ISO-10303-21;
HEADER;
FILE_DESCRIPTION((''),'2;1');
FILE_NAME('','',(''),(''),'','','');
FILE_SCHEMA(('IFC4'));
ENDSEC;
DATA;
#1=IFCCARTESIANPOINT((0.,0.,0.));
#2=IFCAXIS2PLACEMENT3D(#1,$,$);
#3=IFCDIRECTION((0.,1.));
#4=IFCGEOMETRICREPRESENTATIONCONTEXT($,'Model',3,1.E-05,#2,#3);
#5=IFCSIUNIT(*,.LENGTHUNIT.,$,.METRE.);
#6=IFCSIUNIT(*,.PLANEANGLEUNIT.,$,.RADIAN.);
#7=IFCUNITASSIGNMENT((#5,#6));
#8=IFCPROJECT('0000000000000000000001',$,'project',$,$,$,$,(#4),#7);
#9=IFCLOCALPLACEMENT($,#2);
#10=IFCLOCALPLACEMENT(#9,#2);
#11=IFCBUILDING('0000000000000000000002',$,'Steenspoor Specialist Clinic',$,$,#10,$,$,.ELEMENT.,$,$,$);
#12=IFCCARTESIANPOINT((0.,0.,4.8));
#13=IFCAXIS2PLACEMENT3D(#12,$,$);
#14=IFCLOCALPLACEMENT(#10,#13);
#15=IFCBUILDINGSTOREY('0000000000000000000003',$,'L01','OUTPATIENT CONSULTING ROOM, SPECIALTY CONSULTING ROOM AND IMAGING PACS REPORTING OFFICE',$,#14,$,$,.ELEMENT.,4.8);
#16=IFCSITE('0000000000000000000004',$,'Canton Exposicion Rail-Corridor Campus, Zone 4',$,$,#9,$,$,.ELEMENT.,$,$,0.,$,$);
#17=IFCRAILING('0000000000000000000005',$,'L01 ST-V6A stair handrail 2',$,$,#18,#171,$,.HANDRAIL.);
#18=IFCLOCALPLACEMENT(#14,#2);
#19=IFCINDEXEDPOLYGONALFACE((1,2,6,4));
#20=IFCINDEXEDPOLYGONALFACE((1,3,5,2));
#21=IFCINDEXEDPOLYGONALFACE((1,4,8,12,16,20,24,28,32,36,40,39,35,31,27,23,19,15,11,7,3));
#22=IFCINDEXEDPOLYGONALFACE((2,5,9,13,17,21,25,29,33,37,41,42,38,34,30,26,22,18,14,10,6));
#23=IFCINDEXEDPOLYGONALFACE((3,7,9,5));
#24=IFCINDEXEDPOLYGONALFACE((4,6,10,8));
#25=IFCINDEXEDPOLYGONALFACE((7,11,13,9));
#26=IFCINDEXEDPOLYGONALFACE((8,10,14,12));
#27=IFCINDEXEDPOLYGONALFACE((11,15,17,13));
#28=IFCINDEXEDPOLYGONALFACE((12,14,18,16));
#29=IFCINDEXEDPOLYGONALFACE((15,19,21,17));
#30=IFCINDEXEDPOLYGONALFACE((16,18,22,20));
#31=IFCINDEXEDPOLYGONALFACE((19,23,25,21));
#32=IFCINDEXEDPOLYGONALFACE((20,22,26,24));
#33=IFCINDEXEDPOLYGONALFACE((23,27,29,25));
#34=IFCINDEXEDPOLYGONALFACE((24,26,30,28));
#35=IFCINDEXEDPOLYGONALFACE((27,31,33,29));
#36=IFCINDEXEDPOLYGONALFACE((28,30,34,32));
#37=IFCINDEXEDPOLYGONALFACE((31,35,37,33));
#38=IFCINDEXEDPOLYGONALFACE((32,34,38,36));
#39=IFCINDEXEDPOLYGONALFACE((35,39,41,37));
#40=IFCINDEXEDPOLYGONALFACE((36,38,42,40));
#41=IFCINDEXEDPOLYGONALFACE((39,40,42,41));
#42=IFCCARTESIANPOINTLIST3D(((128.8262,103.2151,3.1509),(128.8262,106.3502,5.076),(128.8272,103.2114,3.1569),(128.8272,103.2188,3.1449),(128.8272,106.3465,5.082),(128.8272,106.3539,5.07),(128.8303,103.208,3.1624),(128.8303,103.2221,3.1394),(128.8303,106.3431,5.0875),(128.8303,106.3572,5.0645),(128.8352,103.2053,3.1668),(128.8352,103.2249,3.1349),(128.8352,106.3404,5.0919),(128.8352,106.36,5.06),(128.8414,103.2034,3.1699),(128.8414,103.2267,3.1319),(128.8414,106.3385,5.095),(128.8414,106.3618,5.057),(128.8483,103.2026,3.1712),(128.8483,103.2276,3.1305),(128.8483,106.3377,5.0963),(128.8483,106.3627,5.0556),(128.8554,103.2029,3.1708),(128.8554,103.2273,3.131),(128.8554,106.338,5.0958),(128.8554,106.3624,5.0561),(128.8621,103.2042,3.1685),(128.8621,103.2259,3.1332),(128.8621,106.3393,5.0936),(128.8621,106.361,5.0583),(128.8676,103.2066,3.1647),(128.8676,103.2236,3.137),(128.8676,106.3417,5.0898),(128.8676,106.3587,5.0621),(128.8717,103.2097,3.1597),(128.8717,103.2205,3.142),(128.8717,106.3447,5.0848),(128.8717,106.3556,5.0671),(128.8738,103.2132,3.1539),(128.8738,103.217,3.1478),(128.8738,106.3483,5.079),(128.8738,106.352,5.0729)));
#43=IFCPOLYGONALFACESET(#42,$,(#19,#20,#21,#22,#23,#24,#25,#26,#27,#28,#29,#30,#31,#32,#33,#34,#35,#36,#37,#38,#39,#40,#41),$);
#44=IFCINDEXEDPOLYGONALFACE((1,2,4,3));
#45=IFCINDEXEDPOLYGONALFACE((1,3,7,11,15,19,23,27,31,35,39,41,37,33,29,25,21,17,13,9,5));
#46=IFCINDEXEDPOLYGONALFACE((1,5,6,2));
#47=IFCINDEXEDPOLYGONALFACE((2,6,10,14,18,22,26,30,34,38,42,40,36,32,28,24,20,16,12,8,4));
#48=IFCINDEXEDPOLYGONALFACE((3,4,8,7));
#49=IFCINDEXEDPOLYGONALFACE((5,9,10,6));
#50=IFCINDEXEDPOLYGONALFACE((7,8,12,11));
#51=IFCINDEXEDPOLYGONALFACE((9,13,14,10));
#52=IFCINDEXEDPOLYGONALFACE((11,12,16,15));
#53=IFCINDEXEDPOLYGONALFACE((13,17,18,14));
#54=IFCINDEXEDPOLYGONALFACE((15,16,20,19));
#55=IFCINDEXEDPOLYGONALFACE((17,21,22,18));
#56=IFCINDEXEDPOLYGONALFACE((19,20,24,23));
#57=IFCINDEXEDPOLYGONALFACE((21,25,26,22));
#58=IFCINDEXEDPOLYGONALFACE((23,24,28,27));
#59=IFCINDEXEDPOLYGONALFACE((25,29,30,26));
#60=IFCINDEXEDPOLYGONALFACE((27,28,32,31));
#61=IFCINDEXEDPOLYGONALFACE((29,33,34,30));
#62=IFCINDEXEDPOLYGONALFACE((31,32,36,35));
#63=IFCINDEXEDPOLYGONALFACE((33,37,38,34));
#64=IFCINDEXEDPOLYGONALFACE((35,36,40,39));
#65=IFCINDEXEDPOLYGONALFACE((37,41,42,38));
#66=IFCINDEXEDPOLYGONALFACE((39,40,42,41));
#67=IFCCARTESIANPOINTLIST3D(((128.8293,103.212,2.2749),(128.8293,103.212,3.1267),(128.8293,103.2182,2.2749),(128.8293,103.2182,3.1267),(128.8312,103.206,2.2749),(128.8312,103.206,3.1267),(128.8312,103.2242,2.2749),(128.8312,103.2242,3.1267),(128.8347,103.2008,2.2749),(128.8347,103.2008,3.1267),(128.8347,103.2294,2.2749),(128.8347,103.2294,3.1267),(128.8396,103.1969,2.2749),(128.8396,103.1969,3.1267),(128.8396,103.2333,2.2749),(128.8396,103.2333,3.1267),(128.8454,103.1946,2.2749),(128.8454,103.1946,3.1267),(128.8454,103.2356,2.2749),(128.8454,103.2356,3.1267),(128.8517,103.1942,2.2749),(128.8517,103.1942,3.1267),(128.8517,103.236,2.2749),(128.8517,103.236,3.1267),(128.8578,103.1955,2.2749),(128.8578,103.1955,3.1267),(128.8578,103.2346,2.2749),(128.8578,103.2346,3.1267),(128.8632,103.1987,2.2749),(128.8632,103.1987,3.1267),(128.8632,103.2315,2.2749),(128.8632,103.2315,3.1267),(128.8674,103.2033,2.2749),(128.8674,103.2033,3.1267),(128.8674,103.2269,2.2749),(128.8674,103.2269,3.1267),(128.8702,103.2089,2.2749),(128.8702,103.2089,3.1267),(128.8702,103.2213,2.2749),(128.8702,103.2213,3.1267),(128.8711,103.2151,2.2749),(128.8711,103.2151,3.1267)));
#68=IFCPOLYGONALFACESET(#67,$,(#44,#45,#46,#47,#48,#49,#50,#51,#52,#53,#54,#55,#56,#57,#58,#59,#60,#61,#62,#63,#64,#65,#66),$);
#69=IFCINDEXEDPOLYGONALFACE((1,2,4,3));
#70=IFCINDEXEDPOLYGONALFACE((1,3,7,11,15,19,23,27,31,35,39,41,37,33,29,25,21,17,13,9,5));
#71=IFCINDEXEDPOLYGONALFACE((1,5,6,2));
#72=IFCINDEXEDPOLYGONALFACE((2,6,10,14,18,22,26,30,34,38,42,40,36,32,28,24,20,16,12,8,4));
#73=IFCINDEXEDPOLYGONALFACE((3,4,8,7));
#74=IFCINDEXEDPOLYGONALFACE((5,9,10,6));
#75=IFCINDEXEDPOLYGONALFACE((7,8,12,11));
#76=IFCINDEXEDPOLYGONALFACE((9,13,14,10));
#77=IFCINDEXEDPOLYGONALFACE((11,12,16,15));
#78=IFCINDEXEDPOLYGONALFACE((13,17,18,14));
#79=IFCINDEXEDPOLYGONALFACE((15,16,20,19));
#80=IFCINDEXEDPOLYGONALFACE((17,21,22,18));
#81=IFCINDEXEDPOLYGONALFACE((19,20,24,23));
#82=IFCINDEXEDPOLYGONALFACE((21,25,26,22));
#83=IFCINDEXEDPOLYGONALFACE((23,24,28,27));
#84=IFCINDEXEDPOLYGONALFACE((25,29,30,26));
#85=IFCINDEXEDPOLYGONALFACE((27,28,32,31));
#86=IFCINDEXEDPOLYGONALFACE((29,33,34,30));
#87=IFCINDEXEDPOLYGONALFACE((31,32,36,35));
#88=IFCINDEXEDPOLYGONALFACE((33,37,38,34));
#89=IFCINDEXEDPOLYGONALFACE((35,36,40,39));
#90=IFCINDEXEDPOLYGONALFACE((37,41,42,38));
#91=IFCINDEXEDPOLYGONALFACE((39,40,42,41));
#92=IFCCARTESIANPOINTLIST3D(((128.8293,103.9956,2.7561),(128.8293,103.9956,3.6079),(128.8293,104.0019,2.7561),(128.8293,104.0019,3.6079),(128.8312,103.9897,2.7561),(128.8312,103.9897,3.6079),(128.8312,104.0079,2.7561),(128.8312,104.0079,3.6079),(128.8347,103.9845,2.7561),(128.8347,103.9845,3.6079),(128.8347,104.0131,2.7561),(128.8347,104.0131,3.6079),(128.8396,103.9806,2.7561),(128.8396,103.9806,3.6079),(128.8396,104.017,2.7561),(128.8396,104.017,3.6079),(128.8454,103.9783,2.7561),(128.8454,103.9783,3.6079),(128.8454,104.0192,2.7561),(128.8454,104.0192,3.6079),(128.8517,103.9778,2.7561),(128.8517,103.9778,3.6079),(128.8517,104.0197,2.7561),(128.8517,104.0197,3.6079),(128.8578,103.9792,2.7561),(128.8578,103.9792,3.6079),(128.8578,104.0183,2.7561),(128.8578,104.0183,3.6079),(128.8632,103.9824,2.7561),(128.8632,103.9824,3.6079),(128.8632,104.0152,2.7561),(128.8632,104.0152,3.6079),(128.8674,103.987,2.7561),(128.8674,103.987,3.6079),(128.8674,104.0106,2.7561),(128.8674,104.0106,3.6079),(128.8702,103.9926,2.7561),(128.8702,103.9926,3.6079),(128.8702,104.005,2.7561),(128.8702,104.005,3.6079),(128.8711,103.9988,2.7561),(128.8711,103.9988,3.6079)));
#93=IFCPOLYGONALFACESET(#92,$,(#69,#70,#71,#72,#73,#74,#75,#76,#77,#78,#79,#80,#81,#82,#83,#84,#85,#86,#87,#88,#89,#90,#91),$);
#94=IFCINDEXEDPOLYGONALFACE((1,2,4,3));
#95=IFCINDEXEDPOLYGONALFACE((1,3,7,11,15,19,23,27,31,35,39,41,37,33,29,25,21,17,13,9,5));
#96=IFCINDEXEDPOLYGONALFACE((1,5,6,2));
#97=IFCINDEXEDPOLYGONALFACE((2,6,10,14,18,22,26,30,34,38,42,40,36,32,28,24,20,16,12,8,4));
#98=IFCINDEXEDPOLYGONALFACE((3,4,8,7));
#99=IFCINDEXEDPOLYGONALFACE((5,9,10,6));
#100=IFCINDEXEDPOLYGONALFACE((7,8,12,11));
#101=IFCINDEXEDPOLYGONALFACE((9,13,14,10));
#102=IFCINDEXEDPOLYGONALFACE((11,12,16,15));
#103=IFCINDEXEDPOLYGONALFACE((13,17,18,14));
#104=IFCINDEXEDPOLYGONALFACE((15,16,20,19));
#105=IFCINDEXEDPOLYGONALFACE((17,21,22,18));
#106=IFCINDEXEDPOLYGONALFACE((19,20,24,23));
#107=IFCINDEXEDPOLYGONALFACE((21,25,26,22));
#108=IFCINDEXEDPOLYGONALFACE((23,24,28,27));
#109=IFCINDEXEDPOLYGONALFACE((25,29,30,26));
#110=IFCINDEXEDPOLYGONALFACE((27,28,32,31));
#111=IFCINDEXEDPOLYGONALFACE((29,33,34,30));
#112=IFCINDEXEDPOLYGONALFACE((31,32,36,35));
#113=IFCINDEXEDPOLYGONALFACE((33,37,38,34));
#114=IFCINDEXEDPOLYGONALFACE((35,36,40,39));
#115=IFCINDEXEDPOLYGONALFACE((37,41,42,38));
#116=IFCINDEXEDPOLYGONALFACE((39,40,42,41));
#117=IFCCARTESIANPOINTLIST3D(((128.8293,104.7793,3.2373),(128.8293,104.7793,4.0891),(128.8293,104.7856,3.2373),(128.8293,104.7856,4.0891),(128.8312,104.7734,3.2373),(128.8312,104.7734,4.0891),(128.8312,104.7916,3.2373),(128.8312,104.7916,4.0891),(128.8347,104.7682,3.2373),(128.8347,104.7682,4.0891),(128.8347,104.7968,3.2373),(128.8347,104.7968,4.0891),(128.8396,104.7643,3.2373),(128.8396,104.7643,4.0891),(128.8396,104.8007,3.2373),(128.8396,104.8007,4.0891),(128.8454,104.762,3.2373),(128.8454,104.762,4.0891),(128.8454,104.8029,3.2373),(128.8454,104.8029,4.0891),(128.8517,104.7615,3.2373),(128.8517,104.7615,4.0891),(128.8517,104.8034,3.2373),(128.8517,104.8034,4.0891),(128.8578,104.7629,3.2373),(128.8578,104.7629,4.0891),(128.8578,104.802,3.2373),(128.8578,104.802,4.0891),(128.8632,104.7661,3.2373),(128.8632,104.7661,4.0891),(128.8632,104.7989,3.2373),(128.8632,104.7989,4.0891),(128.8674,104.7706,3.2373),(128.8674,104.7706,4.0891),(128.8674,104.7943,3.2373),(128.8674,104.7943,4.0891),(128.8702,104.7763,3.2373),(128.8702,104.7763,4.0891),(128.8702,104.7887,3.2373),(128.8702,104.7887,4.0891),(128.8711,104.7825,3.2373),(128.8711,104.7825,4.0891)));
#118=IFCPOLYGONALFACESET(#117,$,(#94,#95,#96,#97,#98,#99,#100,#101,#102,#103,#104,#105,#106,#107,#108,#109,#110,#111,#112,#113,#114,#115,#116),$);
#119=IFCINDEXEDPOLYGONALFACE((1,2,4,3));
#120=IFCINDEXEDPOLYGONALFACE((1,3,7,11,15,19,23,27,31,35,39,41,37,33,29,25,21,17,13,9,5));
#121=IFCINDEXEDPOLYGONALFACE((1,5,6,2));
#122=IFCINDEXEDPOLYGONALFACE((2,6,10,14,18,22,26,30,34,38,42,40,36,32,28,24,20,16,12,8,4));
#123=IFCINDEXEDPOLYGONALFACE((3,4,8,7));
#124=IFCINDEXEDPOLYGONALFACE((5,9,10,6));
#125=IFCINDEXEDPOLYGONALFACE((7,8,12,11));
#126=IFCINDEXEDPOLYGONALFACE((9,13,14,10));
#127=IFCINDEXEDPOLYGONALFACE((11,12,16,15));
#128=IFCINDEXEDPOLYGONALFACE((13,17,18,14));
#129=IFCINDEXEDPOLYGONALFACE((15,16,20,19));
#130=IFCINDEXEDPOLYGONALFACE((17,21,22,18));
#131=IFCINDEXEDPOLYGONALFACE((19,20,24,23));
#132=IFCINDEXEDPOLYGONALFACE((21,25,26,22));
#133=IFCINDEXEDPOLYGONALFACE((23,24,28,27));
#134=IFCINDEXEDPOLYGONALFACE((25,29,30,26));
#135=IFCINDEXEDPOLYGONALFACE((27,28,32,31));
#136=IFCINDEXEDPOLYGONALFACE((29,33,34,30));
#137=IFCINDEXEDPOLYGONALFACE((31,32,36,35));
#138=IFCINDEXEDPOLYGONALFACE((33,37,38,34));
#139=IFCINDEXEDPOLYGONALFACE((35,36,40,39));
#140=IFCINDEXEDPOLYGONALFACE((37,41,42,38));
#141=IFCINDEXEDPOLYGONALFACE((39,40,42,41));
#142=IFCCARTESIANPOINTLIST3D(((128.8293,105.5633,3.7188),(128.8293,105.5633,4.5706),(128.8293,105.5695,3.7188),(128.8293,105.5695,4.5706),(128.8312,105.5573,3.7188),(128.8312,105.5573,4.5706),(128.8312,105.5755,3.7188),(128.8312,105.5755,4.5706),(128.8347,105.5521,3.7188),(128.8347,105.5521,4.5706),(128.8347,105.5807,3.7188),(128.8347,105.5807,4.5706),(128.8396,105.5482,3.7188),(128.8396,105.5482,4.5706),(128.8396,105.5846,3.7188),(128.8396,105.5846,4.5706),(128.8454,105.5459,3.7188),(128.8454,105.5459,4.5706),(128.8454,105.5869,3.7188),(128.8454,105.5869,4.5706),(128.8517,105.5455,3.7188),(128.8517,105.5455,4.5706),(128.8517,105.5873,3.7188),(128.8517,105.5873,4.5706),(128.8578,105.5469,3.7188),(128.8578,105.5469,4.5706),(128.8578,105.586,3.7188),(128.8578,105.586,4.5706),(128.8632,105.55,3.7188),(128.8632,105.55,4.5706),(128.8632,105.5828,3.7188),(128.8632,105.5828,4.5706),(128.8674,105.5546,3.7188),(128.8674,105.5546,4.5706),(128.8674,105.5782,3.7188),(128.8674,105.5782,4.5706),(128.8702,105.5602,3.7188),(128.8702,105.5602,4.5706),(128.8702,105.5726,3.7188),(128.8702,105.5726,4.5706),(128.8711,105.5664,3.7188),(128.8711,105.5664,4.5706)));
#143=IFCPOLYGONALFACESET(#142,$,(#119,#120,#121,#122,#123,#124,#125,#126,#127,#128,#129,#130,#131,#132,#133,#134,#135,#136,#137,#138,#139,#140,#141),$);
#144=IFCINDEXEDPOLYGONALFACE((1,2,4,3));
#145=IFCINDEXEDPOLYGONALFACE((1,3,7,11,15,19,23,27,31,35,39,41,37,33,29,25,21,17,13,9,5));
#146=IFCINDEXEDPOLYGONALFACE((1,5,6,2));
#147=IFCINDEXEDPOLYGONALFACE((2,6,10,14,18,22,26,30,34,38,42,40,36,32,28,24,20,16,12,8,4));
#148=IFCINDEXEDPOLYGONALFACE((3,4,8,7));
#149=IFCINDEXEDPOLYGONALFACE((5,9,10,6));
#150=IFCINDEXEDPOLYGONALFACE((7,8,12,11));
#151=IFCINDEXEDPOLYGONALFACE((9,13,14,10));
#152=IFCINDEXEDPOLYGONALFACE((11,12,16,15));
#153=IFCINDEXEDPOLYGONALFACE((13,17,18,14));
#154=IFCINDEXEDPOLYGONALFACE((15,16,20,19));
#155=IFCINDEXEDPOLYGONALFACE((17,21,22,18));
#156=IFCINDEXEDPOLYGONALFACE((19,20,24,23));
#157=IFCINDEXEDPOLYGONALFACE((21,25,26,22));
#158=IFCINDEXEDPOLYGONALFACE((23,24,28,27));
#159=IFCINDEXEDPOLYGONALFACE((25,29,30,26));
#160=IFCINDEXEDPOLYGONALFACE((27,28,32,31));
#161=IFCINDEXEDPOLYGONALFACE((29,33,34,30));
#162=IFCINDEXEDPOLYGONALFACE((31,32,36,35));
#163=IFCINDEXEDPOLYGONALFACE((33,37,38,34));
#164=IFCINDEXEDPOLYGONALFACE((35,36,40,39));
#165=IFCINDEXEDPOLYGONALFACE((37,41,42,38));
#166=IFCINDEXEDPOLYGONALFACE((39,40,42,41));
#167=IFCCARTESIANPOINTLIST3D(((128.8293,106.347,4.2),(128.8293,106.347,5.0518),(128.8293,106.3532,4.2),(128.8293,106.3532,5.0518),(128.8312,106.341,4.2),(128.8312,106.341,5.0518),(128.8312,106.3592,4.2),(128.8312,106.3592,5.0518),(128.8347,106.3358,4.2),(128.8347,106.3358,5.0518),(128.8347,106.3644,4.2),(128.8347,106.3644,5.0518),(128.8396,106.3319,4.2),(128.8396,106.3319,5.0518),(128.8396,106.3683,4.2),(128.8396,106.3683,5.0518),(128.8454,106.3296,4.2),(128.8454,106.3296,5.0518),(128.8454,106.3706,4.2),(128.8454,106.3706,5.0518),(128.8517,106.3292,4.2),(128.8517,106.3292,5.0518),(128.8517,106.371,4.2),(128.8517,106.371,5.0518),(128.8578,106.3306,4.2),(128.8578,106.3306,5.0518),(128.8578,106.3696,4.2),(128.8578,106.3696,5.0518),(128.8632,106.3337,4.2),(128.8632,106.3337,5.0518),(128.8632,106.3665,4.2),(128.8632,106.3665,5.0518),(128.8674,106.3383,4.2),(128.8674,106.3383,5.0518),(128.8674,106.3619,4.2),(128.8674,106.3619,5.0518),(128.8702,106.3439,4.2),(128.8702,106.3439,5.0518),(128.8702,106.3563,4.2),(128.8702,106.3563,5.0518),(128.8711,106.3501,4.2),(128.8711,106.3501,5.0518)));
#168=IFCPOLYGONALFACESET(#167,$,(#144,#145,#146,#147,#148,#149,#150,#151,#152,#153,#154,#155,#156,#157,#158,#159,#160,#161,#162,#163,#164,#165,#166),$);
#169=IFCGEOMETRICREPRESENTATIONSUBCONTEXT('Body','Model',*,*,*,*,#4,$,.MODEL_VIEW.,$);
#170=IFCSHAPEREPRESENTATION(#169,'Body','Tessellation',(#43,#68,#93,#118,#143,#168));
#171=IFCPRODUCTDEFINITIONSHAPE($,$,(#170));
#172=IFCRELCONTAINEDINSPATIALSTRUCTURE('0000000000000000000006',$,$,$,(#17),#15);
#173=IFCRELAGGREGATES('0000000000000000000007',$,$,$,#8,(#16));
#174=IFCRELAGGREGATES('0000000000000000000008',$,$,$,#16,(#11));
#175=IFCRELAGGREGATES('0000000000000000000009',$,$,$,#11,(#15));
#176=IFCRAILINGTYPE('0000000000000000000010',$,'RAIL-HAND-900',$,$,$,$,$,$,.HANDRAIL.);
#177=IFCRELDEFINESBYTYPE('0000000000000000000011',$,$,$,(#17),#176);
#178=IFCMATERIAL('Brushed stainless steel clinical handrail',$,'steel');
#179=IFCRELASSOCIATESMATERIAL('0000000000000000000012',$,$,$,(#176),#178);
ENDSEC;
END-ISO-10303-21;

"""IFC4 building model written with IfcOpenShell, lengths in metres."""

from ifc_helpers import new_model, si_unit, direction, frame, origin, origin_2d, place, context, subcontext, project, spatial, circle, extrude, material, type_object, element, save


model = new_model("IFC4")

# Units and contexts
model_context = context("Model", 3, precision=1e-05, world=origin(), true_north=direction((0.0, 1.0)))
body_context = subcontext(model_context, "Body", "Model", "MODEL_VIEW")
ifc_project = project(units=[si_unit("LENGTHUNIT", "METRE"), si_unit("PLANEANGLEUNIT", "RADIAN")], contexts=[model_context])

# Site, building, storey
site_placement = place(None, origin())
site = spatial("IfcSite", under=ifc_project, at=site_placement, Name="Canton Exposicion Rail-Corridor Campus, Zone 4", CompositionType="ELEMENT", RefElevation=0.0)
building_placement = place(site_placement, origin())
building = spatial("IfcBuilding", under=site, at=building_placement, Name="Steenspoor Specialist Clinic", CompositionType="ELEMENT")
storey_placement = place(building_placement, frame((0.0, 0.0, 4.8)))
storey = spatial("IfcBuildingStorey", under=building, at=storey_placement, Name="L01", Description="OUTPATIENT CONSULTING ROOM, SPECIALTY CONSULTING ROOM AND IMAGING PACS REPORTING OFFICE", CompositionType="ELEMENT", Elevation=4.8)

# Railing
ifc_material_1 = material(Name="Brushed stainless steel clinical handrail", Category="steel")
railing_type_1 = type_object("IfcRailingType", Name="RAIL-HAND-900", PredefinedType="HANDRAIL", material=ifc_material_1)
railing_1_placement = place(storey_placement, frame((128.8501, 103.2151, 2.2749)))
element("IfcRailing", 1, at=railing_1_placement, inside=storey, type_object=railing_type_1, Name="L01 ST-V6A stair handrail 2", PredefinedType="HANDRAIL", context=body_context, shape_type="SweptSolid", body=[
    extrude(circle(Radius=0.0239, at=origin_2d()), frame((0.0, 0.0, 0.876), z_axis=(0.0, 0.852166, 0.523271), x_axis=(-1.0, 0.0, 0.0)), (0.0, 0.0, 1.0), 3.679),
    extrude(circle(Radius=0.021, at=origin_2d()), origin(), (0.0, 0.0, 1.0), 0.8518),
    extrude(circle(Radius=0.021, at=origin_2d()), frame((0.0, 0.7837, 0.4812)), (0.0, 0.0, 1.0), 0.8518),
    extrude(circle(Radius=0.021, at=origin_2d()), frame((0.0, 1.5674, 0.9624)), (0.0, 0.0, 1.0), 0.8518),
    extrude(circle(Radius=0.021, at=origin_2d()), frame((0.0, 2.3513, 1.4438)), (0.0, 0.0, 1.0), 0.8518),
    extrude(circle(Radius=0.021, at=origin_2d()), frame((0.0, 3.135, 1.925)), (0.0, 0.0, 1.0), 0.8518),
])

save(model, "model.ifc")
